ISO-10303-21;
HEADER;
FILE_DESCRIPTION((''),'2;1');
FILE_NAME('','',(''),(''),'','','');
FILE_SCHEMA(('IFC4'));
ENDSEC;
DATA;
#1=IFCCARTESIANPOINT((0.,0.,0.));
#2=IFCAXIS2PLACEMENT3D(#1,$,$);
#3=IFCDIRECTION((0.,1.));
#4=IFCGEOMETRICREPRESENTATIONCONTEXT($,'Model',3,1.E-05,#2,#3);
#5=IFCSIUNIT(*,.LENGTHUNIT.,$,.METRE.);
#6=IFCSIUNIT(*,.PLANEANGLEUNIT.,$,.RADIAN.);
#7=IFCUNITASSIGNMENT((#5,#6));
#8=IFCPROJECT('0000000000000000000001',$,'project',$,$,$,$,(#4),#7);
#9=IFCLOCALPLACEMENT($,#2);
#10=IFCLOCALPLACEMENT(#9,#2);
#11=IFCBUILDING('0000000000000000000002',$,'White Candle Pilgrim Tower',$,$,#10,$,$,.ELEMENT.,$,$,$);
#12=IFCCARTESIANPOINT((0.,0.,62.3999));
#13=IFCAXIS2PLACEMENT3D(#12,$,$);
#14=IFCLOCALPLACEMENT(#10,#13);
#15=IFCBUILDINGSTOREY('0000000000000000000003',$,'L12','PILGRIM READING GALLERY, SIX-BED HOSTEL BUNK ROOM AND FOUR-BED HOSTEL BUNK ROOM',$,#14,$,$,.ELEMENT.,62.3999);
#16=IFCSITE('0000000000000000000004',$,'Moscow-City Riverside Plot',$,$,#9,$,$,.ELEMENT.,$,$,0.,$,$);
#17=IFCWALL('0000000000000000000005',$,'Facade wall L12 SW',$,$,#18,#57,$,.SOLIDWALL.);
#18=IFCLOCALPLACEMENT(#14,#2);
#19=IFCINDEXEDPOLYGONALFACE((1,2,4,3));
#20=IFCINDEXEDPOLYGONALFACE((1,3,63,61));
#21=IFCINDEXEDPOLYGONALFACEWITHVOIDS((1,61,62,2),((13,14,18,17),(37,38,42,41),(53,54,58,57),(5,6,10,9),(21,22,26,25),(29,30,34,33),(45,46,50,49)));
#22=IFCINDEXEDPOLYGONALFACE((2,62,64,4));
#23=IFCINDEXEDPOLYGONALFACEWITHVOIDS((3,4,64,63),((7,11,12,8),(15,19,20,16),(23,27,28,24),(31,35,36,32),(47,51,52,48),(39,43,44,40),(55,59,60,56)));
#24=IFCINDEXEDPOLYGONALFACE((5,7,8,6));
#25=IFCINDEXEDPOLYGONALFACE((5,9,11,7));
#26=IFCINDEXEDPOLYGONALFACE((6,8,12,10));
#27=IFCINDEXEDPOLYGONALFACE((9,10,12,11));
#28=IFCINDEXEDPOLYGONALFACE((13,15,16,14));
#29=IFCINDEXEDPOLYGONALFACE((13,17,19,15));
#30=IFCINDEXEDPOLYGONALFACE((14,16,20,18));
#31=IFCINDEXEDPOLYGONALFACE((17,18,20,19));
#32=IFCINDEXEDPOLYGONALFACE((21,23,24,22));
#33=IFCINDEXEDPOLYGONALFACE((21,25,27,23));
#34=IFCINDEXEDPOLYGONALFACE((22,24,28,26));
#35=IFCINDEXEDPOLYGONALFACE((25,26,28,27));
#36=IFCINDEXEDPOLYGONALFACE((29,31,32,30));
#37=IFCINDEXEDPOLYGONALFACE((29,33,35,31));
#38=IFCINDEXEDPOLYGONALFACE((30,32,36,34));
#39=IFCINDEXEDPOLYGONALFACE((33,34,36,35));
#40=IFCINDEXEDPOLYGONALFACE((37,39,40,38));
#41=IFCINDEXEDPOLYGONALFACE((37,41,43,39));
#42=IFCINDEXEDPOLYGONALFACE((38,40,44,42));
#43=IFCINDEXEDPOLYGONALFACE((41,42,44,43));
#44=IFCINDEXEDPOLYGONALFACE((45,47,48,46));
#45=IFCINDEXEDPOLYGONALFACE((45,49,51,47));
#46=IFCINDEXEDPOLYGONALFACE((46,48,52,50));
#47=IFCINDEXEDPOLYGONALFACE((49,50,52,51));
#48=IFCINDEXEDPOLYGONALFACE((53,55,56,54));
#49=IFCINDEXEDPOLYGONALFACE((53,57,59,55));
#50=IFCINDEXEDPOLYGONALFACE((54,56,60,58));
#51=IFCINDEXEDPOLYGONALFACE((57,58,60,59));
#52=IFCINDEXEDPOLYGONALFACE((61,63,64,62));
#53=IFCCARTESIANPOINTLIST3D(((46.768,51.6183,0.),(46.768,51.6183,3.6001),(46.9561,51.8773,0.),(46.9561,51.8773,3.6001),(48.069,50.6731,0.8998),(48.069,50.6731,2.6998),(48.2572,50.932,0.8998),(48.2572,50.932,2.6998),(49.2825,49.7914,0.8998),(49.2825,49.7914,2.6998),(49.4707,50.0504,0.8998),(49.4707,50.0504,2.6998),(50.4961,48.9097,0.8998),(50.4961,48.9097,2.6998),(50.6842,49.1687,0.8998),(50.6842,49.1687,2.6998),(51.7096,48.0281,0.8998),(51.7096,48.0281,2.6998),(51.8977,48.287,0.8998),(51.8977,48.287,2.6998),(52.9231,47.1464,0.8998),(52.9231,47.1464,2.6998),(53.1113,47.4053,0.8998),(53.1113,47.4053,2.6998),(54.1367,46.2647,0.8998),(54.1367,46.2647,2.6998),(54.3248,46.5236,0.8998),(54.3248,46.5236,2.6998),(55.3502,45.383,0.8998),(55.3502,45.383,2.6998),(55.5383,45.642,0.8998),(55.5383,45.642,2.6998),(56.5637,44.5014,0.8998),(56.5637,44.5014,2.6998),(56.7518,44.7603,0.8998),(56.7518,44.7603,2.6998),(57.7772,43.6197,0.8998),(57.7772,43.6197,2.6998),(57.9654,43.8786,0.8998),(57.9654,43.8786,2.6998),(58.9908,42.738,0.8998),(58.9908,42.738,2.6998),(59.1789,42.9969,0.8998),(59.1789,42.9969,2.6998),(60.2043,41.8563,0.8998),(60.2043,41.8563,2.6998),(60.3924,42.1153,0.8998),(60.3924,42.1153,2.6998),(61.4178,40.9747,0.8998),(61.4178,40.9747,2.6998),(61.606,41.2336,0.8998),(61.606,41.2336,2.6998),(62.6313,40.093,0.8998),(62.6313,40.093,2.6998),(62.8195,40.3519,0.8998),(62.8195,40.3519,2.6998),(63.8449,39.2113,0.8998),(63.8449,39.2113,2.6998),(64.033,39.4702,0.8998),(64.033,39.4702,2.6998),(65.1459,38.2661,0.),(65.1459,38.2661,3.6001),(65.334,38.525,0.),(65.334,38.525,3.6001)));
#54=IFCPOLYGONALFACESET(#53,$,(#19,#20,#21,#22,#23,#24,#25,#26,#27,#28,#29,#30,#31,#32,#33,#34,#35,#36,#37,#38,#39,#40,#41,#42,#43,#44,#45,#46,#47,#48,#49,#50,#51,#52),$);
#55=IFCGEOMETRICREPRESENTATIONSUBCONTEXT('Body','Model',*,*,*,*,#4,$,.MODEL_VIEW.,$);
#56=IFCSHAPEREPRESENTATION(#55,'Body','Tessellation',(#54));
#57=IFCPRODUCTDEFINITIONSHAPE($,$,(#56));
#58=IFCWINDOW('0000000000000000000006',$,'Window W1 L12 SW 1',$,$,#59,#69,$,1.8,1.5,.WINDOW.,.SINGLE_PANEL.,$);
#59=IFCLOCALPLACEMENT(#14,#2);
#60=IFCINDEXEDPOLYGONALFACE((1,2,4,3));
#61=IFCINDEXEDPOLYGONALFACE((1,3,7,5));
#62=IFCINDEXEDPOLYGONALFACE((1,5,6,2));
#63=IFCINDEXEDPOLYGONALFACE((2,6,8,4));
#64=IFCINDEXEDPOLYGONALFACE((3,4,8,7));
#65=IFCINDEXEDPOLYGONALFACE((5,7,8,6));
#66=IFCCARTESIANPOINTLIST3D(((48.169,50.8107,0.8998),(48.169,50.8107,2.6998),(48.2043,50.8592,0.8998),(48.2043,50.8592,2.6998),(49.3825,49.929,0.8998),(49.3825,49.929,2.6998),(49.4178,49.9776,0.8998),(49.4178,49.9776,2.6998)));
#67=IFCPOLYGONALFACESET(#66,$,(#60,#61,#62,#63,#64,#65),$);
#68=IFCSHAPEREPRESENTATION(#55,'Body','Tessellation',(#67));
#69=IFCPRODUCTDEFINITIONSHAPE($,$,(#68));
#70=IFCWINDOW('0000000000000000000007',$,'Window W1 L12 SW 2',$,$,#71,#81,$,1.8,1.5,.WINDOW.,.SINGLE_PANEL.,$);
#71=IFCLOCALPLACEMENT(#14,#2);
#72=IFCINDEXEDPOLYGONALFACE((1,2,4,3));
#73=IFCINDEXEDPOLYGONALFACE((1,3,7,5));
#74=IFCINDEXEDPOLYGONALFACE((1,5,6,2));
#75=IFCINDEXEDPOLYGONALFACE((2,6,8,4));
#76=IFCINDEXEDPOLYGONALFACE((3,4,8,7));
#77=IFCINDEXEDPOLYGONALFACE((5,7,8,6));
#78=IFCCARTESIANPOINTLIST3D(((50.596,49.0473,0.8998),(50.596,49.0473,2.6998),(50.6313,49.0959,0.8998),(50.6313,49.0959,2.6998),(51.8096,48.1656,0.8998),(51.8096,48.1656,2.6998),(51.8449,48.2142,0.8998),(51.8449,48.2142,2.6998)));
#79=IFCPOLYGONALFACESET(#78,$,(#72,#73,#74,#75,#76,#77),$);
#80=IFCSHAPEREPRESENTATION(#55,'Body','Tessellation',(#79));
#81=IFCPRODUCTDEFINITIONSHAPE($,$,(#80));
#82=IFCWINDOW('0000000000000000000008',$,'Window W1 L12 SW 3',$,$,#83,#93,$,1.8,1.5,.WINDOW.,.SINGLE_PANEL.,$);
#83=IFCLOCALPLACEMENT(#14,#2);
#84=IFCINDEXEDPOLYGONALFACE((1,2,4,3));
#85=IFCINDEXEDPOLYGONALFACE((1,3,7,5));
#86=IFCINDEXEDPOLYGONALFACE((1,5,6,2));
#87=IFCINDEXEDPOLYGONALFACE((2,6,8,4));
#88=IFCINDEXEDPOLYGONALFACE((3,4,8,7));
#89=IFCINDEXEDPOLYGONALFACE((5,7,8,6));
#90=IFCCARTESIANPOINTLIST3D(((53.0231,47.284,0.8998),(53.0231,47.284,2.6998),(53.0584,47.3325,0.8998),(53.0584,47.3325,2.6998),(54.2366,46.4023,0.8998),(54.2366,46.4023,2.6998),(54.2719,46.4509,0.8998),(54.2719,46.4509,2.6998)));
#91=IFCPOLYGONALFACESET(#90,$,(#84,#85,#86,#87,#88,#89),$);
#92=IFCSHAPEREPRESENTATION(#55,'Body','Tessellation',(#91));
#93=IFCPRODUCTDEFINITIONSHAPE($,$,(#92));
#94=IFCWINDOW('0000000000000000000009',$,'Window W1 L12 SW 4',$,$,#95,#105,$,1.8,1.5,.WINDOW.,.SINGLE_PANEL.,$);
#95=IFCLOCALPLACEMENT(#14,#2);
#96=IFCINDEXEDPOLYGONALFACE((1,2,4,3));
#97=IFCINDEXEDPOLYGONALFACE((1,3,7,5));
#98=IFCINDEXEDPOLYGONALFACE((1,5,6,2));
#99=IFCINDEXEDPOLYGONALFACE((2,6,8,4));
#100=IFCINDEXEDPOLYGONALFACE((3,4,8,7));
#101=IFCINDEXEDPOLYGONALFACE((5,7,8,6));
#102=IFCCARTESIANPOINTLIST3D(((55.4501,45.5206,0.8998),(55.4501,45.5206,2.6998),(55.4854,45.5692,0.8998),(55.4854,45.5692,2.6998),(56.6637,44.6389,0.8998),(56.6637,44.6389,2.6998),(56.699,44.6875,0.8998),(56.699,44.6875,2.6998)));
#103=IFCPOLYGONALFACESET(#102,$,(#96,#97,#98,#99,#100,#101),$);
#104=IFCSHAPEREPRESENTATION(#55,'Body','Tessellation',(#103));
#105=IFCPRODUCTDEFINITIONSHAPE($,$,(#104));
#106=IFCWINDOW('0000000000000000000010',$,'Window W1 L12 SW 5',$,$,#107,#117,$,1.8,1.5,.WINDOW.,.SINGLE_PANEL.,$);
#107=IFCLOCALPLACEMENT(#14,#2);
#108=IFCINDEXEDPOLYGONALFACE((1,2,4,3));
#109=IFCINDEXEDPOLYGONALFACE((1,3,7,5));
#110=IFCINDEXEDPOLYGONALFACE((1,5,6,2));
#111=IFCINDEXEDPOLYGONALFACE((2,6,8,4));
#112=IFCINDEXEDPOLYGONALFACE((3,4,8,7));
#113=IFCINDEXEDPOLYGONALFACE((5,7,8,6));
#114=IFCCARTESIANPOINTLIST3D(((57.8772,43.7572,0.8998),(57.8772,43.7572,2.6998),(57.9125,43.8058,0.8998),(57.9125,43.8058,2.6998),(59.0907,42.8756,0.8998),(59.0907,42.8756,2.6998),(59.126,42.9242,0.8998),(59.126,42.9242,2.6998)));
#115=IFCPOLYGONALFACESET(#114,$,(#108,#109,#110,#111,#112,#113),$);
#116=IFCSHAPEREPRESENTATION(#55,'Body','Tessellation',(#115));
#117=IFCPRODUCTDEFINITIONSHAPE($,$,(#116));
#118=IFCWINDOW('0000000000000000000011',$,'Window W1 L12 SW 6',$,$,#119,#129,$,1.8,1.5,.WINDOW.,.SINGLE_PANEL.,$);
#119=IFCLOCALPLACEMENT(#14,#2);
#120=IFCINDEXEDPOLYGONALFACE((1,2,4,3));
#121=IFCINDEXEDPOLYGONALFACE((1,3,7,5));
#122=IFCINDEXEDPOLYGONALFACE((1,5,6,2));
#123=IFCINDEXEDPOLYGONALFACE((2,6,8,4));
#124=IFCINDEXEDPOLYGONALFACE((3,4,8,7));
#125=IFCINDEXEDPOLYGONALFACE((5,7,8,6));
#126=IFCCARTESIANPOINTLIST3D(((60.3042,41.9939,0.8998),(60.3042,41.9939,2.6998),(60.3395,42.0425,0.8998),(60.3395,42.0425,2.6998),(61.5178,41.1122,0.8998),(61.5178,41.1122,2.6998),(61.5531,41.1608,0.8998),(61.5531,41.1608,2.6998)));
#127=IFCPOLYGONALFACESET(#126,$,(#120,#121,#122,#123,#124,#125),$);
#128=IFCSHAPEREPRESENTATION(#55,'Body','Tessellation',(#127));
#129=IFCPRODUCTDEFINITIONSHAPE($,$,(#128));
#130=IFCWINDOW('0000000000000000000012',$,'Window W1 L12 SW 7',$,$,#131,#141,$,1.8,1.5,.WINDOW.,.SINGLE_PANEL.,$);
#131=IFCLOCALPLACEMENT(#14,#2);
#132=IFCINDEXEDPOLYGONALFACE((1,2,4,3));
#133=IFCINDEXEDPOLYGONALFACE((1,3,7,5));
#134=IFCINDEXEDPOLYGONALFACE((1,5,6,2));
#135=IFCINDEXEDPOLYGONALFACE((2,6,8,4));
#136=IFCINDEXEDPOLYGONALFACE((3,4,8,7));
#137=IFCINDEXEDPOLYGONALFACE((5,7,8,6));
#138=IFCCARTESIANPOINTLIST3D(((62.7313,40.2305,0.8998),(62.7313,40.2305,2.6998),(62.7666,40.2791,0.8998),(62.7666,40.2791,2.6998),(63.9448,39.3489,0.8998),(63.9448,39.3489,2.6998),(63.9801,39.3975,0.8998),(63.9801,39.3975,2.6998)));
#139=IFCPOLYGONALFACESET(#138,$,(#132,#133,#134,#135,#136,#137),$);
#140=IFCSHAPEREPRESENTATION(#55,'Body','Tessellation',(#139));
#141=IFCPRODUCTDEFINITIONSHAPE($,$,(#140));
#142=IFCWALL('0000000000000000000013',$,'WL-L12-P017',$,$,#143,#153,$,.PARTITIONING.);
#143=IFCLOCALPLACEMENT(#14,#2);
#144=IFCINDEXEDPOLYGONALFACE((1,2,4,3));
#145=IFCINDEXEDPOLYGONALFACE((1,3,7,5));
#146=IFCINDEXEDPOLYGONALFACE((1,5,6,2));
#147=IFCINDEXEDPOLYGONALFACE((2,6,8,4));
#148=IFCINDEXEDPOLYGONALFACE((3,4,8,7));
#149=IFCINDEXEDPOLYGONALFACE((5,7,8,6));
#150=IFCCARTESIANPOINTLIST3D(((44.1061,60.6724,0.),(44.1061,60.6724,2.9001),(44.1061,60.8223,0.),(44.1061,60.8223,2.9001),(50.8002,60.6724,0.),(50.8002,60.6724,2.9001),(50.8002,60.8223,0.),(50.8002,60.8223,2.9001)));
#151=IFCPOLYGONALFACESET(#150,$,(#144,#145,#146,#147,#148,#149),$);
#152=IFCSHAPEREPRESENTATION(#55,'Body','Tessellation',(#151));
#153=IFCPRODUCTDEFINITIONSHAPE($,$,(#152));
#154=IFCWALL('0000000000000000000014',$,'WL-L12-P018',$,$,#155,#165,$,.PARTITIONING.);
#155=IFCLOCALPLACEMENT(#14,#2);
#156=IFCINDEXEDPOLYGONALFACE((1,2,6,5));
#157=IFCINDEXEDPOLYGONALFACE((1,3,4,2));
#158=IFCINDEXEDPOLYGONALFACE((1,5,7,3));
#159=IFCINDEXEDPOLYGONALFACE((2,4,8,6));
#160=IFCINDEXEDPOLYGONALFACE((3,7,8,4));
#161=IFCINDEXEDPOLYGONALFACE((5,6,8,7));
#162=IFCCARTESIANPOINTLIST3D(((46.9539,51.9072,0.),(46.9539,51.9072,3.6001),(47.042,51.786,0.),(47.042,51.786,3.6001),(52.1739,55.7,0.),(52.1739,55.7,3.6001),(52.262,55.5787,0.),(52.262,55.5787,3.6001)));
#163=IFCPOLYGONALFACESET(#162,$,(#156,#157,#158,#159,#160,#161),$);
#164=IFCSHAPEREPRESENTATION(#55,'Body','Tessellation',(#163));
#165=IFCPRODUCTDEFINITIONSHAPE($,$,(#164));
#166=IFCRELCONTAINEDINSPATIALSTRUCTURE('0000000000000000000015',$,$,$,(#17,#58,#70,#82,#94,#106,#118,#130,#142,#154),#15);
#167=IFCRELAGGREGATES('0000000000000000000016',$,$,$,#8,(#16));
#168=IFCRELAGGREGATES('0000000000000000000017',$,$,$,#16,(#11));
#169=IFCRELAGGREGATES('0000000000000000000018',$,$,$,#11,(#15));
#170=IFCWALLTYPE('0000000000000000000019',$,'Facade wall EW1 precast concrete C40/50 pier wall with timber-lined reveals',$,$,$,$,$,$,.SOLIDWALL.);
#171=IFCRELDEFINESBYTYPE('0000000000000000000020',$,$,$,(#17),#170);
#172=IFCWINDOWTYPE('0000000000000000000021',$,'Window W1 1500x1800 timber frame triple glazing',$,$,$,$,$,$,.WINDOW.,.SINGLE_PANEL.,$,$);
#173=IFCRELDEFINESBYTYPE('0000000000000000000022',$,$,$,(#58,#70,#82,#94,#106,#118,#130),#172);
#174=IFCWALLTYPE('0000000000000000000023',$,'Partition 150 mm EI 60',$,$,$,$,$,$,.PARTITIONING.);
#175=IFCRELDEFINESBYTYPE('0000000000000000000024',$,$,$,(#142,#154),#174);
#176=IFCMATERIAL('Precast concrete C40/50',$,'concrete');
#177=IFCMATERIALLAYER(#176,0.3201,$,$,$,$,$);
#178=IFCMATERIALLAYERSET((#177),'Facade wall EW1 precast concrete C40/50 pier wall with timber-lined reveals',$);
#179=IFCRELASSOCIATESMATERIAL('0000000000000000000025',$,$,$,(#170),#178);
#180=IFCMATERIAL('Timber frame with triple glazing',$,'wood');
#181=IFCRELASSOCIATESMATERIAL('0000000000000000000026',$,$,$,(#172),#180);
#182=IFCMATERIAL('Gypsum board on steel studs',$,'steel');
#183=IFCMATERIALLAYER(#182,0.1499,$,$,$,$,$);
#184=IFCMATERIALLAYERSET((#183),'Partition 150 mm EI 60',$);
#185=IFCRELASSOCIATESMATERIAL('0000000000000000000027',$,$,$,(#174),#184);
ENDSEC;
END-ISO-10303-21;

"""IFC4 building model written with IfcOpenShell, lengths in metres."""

from ifc_helpers import new_model, si_unit, direction, frame, frame_2d, origin, place, context, subcontext, project, spatial, rectangle, extrude, material, layer, layer_set, type_object, element, fill, save


model = new_model("IFC4")

# Units and contexts
model_context = context("Model", 3, precision=1e-05, world=origin(), true_north=direction((0.0, 1.0)))
body_context = subcontext(model_context, "Body", "Model", "MODEL_VIEW")
ifc_project = project(units=[si_unit("LENGTHUNIT", "METRE"), si_unit("PLANEANGLEUNIT", "RADIAN")], contexts=[model_context])

# Site, building, storey
site_placement = place(None, origin())
site = spatial("IfcSite", under=ifc_project, at=site_placement, Name="Moscow-City Riverside Plot", CompositionType="ELEMENT", RefElevation=0.0)
building_placement = place(site_placement, origin())
building = spatial("IfcBuilding", under=site, at=building_placement, Name="White Candle Pilgrim Tower", CompositionType="ELEMENT")
storey_placement = place(building_placement, frame((0.0, 0.0, 62.3999)))
storey = spatial("IfcBuildingStorey", under=building, at=storey_placement, Name="L12", Description="PILGRIM READING GALLERY, SIX-BED HOSTEL BUNK ROOM AND FOUR-BED HOSTEL BUNK ROOM", CompositionType="ELEMENT", Elevation=62.3999)

# Shared definitions
ifc_material_1 = material(Name="Gypsum board on steel studs", Category="steel")

# Wall, openings, windows
ifc_material_2 = material(Name="Precast concrete C40/50", Category="concrete")
ifc_layer_1 = layer(ifc_material_2, 0.3201)
ifc_layer_set_1 = layer_set([ifc_layer_1], Name="Facade wall EW1 precast concrete C40/50 pier wall with timber-lined reveals")
wall_type_1 = type_object("IfcWallType", Name="Facade wall EW1 precast concrete C40/50 pier wall with timber-lined reveals", PredefinedType="SOLIDWALL", material=ifc_layer_set_1)
ifc_material_3 = material(Name="Timber frame with triple glazing", Category="wood")
wall_1_placement = place(storey_placement, frame((46.8621, 51.7478, 0.0), z_axis=(0.0, 0.0, 1.0), x_axis=(0.809018, -0.587784, 0.0)))
wall_1 = element("IfcWall", 1, at=wall_1_placement, inside=storey, type_object=wall_type_1, Name="Facade wall L12 SW", PredefinedType="SOLIDWALL", context=body_context, shape_type="SweptSolid", body=[
    extrude(rectangle(XDim=22.7163, YDim=0.3201, at=frame_2d((11.3582, 0.0))), origin(), (0.0, 0.0, 1.0), 3.6001),
])
opening_1_placement = place(wall_1_placement, frame((1.6082, 0.0, 0.8999)))
opening_1 = element("IfcOpeningElement", 2, at=opening_1_placement, cuts=wall_1, PredefinedType="OPENING", context=body_context, shape_type="SweptSolid", body=[
    extrude(rectangle(XDim=1.5, YDim=1.8, at=frame_2d((0.75, 0.8999))), frame((0.0, 0.1699, 0.0), z_axis=(0.0, -1.0, 0.0), x_axis=(1.0, 0.0, 0.0)), (0.0, 0.0, 1.0), 0.3401),
])
opening_2_placement = place(wall_1_placement, frame((4.6082, 0.0, 0.8999)))
opening_2 = element("IfcOpeningElement", 3, at=opening_2_placement, cuts=wall_1, PredefinedType="OPENING", context=body_context, shape_type="SweptSolid", body=[
    extrude(rectangle(XDim=1.5, YDim=1.8, at=frame_2d((0.75, 0.8999))), frame((0.0, 0.1699, 0.0), z_axis=(0.0, -1.0, 0.0), x_axis=(1.0, 0.0, 0.0)), (0.0, 0.0, 1.0), 0.3401),
])
opening_3_placement = place(wall_1_placement, frame((7.6082, 0.0, 0.8999)))
opening_3 = element("IfcOpeningElement", 4, at=opening_3_placement, cuts=wall_1, PredefinedType="OPENING", context=body_context, shape_type="SweptSolid", body=[
    extrude(rectangle(XDim=1.5, YDim=1.8, at=frame_2d((0.75, 0.8999))), frame((0.0, 0.1699, 0.0), z_axis=(0.0, -1.0, 0.0), x_axis=(1.0, 0.0, 0.0)), (0.0, 0.0, 1.0), 0.3401),
])
opening_4_placement = place(wall_1_placement, frame((10.6082, 0.0, 0.8999)))
opening_4 = element("IfcOpeningElement", 5, at=opening_4_placement, cuts=wall_1, PredefinedType="OPENING", context=body_context, shape_type="SweptSolid", body=[
    extrude(rectangle(XDim=1.5, YDim=1.8, at=frame_2d((0.75, 0.8999))), frame((0.0, 0.1699, 0.0), z_axis=(0.0, -1.0, 0.0), x_axis=(1.0, 0.0, 0.0)), (0.0, 0.0, 1.0), 0.3401),
])
opening_5_placement = place(wall_1_placement, frame((13.6082, 0.0, 0.8999)))
opening_5 = element("IfcOpeningElement", 6, at=opening_5_placement, cuts=wall_1, PredefinedType="OPENING", context=body_context, shape_type="SweptSolid", body=[
    extrude(rectangle(XDim=1.5, YDim=1.8, at=frame_2d((0.75, 0.8999))), frame((0.0, 0.1699, 0.0), z_axis=(0.0, -1.0, 0.0), x_axis=(1.0, 0.0, 0.0)), (0.0, 0.0, 1.0), 0.3401),
])
opening_6_placement = place(wall_1_placement, frame((16.6082, 0.0, 0.8999)))
opening_6 = element("IfcOpeningElement", 7, at=opening_6_placement, cuts=wall_1, PredefinedType="OPENING", context=body_context, shape_type="SweptSolid", body=[
    extrude(rectangle(XDim=1.5, YDim=1.8, at=frame_2d((0.75, 0.8999))), frame((0.0, 0.1699, 0.0), z_axis=(0.0, -1.0, 0.0), x_axis=(1.0, 0.0, 0.0)), (0.0, 0.0, 1.0), 0.3401),
])
opening_7_placement = place(wall_1_placement, frame((19.6082, 0.0, 0.8999)))
opening_7 = element("IfcOpeningElement", 8, at=opening_7_placement, cuts=wall_1, PredefinedType="OPENING", context=body_context, shape_type="SweptSolid", body=[
    extrude(rectangle(XDim=1.5, YDim=1.8, at=frame_2d((0.75, 0.8999))), frame((0.0, 0.1699, 0.0), z_axis=(0.0, -1.0, 0.0), x_axis=(1.0, 0.0, 0.0)), (0.0, 0.0, 1.0), 0.3401),
])
window_type_1 = type_object("IfcWindowType", Name="Window W1 1500x1800 timber frame triple glazing", PartitioningType="SINGLE_PANEL", PredefinedType="WINDOW", material=ifc_material_3)
window_1_placement = place(opening_1_placement, origin())
window_1 = element("IfcWindow", 9, at=window_1_placement, inside=storey, type_object=window_type_1, Name="Window W1 L12 SW 1", OverallHeight=1.8, OverallWidth=1.5, PartitioningType="SINGLE_PANEL", PredefinedType="WINDOW", context=body_context, shape_type="SweptSolid", body=[
    extrude(rectangle(XDim=1.5, YDim=1.8, at=frame_2d((0.75, 0.8999))), frame((0.0, 0.0701, 0.0), z_axis=(0.0, -1.0, 0.0), x_axis=(1.0, 0.0, 0.0)), (0.0, 0.0, 1.0), 0.0601),
])
fill(opening_1, window_1)
window_2_placement = place(opening_2_placement, origin())
window_2 = element("IfcWindow", 10, at=window_2_placement, inside=storey, type_object=window_type_1, Name="Window W1 L12 SW 2", OverallHeight=1.8, OverallWidth=1.5, PartitioningType="SINGLE_PANEL", PredefinedType="WINDOW", context=body_context, shape_type="SweptSolid", body=[
    extrude(rectangle(XDim=1.5, YDim=1.8, at=frame_2d((0.75, 0.8999))), frame((0.0, 0.0701, 0.0), z_axis=(0.0, -1.0, 0.0), x_axis=(1.0, 0.0, 0.0)), (0.0, 0.0, 1.0), 0.0601),
])
fill(opening_2, window_2)
window_3_placement = place(opening_3_placement, origin())
window_3 = element("IfcWindow", 11, at=window_3_placement, inside=storey, type_object=window_type_1, Name="Window W1 L12 SW 3", OverallHeight=1.8, OverallWidth=1.5, PartitioningType="SINGLE_PANEL", PredefinedType="WINDOW", context=body_context, shape_type="SweptSolid", body=[
    extrude(rectangle(XDim=1.5, YDim=1.8, at=frame_2d((0.75, 0.8999))), frame((0.0, 0.0701, 0.0), z_axis=(0.0, -1.0, 0.0), x_axis=(1.0, 0.0, 0.0)), (0.0, 0.0, 1.0), 0.0601),
])
fill(opening_3, window_3)
window_4_placement = place(opening_4_placement, origin())
window_4 = element("IfcWindow", 12, at=window_4_placement, inside=storey, type_object=window_type_1, Name="Window W1 L12 SW 4", OverallHeight=1.8, OverallWidth=1.5, PartitioningType="SINGLE_PANEL", PredefinedType="WINDOW", context=body_context, shape_type="SweptSolid", body=[
    extrude(rectangle(XDim=1.5, YDim=1.8, at=frame_2d((0.75, 0.8999))), frame((0.0, 0.0701, 0.0), z_axis=(0.0, -1.0, 0.0), x_axis=(1.0, 0.0, 0.0)), (0.0, 0.0, 1.0), 0.0601),
])
fill(opening_4, window_4)
window_5_placement = place(opening_5_placement, origin())
window_5 = element("IfcWindow", 13, at=window_5_placement, inside=storey, type_object=window_type_1, Name="Window W1 L12 SW 5", OverallHeight=1.8, OverallWidth=1.5, PartitioningType="SINGLE_PANEL", PredefinedType="WINDOW", context=body_context, shape_type="SweptSolid", body=[
    extrude(rectangle(XDim=1.5, YDim=1.8, at=frame_2d((0.75, 0.8999))), frame((0.0, 0.0701, 0.0), z_axis=(0.0, -1.0, 0.0), x_axis=(1.0, 0.0, 0.0)), (0.0, 0.0, 1.0), 0.0601),
])
fill(opening_5, window_5)
window_6_placement = place(opening_6_placement, origin())
window_6 = element("IfcWindow", 14, at=window_6_placement, inside=storey, type_object=window_type_1, Name="Window W1 L12 SW 6", OverallHeight=1.8, OverallWidth=1.5, PartitioningType="SINGLE_PANEL", PredefinedType="WINDOW", context=body_context, shape_type="SweptSolid", body=[
    extrude(rectangle(XDim=1.5, YDim=1.8, at=frame_2d((0.75, 0.8999))), frame((0.0, 0.0701, 0.0), z_axis=(0.0, -1.0, 0.0), x_axis=(1.0, 0.0, 0.0)), (0.0, 0.0, 1.0), 0.0601),
])
fill(opening_6, window_6)
window_7_placement = place(opening_7_placement, origin())
window_7 = element("IfcWindow", 15, at=window_7_placement, inside=storey, type_object=window_type_1, Name="Window W1 L12 SW 7", OverallHeight=1.8, OverallWidth=1.5, PartitioningType="SINGLE_PANEL", PredefinedType="WINDOW", context=body_context, shape_type="SweptSolid", body=[
    extrude(rectangle(XDim=1.5, YDim=1.8, at=frame_2d((0.75, 0.8999))), frame((0.0, 0.0701, 0.0), z_axis=(0.0, -1.0, 0.0), x_axis=(1.0, 0.0, 0.0)), (0.0, 0.0, 1.0), 0.0601),
])
fill(opening_7, window_7)

# Walls
ifc_layer_2 = layer(ifc_material_1, 0.1499)
ifc_layer_set_2 = layer_set([ifc_layer_2], Name="Partition 150 mm EI 60")
wall_type_2 = type_object("IfcWallType", Name="Partition 150 mm EI 60", PredefinedType="PARTITIONING", material=ifc_layer_set_2)
wall_2_placement = place(storey_placement, frame((44.106, 60.7473, 0.0), z_axis=(0.0, 0.0, 1.0), x_axis=(1.0, 0.0, 0.0)))
element("IfcWall", 16, at=wall_2_placement, inside=storey, type_object=wall_type_2, Name="WL-L12-P017", PredefinedType="PARTITIONING", context=body_context, shape_type="SweptSolid", body=[
    extrude(rectangle(XDim=6.6941, YDim=0.1499, at=frame_2d((3.3472, 0.0))), origin(), (0.0, 0.0, 1.0), 2.9001),
])
wall_3_placement = place(storey_placement, frame((46.998, 51.8467, 0.0), z_axis=(0.0, 0.0, 1.0), x_axis=(0.809003, 0.587805, 0.0)))
element("IfcWall", 17, at=wall_3_placement, inside=storey, type_object=wall_type_2, Name="WL-L12-P018", PredefinedType="PARTITIONING", context=body_context, shape_type="SweptSolid", body=[
    extrude(rectangle(XDim=6.4524, YDim=0.1499, at=frame_2d((3.2261, 0.0))), origin(), (0.0, 0.0, 1.0), 3.6001),
])

save(model, "model.ifc")
